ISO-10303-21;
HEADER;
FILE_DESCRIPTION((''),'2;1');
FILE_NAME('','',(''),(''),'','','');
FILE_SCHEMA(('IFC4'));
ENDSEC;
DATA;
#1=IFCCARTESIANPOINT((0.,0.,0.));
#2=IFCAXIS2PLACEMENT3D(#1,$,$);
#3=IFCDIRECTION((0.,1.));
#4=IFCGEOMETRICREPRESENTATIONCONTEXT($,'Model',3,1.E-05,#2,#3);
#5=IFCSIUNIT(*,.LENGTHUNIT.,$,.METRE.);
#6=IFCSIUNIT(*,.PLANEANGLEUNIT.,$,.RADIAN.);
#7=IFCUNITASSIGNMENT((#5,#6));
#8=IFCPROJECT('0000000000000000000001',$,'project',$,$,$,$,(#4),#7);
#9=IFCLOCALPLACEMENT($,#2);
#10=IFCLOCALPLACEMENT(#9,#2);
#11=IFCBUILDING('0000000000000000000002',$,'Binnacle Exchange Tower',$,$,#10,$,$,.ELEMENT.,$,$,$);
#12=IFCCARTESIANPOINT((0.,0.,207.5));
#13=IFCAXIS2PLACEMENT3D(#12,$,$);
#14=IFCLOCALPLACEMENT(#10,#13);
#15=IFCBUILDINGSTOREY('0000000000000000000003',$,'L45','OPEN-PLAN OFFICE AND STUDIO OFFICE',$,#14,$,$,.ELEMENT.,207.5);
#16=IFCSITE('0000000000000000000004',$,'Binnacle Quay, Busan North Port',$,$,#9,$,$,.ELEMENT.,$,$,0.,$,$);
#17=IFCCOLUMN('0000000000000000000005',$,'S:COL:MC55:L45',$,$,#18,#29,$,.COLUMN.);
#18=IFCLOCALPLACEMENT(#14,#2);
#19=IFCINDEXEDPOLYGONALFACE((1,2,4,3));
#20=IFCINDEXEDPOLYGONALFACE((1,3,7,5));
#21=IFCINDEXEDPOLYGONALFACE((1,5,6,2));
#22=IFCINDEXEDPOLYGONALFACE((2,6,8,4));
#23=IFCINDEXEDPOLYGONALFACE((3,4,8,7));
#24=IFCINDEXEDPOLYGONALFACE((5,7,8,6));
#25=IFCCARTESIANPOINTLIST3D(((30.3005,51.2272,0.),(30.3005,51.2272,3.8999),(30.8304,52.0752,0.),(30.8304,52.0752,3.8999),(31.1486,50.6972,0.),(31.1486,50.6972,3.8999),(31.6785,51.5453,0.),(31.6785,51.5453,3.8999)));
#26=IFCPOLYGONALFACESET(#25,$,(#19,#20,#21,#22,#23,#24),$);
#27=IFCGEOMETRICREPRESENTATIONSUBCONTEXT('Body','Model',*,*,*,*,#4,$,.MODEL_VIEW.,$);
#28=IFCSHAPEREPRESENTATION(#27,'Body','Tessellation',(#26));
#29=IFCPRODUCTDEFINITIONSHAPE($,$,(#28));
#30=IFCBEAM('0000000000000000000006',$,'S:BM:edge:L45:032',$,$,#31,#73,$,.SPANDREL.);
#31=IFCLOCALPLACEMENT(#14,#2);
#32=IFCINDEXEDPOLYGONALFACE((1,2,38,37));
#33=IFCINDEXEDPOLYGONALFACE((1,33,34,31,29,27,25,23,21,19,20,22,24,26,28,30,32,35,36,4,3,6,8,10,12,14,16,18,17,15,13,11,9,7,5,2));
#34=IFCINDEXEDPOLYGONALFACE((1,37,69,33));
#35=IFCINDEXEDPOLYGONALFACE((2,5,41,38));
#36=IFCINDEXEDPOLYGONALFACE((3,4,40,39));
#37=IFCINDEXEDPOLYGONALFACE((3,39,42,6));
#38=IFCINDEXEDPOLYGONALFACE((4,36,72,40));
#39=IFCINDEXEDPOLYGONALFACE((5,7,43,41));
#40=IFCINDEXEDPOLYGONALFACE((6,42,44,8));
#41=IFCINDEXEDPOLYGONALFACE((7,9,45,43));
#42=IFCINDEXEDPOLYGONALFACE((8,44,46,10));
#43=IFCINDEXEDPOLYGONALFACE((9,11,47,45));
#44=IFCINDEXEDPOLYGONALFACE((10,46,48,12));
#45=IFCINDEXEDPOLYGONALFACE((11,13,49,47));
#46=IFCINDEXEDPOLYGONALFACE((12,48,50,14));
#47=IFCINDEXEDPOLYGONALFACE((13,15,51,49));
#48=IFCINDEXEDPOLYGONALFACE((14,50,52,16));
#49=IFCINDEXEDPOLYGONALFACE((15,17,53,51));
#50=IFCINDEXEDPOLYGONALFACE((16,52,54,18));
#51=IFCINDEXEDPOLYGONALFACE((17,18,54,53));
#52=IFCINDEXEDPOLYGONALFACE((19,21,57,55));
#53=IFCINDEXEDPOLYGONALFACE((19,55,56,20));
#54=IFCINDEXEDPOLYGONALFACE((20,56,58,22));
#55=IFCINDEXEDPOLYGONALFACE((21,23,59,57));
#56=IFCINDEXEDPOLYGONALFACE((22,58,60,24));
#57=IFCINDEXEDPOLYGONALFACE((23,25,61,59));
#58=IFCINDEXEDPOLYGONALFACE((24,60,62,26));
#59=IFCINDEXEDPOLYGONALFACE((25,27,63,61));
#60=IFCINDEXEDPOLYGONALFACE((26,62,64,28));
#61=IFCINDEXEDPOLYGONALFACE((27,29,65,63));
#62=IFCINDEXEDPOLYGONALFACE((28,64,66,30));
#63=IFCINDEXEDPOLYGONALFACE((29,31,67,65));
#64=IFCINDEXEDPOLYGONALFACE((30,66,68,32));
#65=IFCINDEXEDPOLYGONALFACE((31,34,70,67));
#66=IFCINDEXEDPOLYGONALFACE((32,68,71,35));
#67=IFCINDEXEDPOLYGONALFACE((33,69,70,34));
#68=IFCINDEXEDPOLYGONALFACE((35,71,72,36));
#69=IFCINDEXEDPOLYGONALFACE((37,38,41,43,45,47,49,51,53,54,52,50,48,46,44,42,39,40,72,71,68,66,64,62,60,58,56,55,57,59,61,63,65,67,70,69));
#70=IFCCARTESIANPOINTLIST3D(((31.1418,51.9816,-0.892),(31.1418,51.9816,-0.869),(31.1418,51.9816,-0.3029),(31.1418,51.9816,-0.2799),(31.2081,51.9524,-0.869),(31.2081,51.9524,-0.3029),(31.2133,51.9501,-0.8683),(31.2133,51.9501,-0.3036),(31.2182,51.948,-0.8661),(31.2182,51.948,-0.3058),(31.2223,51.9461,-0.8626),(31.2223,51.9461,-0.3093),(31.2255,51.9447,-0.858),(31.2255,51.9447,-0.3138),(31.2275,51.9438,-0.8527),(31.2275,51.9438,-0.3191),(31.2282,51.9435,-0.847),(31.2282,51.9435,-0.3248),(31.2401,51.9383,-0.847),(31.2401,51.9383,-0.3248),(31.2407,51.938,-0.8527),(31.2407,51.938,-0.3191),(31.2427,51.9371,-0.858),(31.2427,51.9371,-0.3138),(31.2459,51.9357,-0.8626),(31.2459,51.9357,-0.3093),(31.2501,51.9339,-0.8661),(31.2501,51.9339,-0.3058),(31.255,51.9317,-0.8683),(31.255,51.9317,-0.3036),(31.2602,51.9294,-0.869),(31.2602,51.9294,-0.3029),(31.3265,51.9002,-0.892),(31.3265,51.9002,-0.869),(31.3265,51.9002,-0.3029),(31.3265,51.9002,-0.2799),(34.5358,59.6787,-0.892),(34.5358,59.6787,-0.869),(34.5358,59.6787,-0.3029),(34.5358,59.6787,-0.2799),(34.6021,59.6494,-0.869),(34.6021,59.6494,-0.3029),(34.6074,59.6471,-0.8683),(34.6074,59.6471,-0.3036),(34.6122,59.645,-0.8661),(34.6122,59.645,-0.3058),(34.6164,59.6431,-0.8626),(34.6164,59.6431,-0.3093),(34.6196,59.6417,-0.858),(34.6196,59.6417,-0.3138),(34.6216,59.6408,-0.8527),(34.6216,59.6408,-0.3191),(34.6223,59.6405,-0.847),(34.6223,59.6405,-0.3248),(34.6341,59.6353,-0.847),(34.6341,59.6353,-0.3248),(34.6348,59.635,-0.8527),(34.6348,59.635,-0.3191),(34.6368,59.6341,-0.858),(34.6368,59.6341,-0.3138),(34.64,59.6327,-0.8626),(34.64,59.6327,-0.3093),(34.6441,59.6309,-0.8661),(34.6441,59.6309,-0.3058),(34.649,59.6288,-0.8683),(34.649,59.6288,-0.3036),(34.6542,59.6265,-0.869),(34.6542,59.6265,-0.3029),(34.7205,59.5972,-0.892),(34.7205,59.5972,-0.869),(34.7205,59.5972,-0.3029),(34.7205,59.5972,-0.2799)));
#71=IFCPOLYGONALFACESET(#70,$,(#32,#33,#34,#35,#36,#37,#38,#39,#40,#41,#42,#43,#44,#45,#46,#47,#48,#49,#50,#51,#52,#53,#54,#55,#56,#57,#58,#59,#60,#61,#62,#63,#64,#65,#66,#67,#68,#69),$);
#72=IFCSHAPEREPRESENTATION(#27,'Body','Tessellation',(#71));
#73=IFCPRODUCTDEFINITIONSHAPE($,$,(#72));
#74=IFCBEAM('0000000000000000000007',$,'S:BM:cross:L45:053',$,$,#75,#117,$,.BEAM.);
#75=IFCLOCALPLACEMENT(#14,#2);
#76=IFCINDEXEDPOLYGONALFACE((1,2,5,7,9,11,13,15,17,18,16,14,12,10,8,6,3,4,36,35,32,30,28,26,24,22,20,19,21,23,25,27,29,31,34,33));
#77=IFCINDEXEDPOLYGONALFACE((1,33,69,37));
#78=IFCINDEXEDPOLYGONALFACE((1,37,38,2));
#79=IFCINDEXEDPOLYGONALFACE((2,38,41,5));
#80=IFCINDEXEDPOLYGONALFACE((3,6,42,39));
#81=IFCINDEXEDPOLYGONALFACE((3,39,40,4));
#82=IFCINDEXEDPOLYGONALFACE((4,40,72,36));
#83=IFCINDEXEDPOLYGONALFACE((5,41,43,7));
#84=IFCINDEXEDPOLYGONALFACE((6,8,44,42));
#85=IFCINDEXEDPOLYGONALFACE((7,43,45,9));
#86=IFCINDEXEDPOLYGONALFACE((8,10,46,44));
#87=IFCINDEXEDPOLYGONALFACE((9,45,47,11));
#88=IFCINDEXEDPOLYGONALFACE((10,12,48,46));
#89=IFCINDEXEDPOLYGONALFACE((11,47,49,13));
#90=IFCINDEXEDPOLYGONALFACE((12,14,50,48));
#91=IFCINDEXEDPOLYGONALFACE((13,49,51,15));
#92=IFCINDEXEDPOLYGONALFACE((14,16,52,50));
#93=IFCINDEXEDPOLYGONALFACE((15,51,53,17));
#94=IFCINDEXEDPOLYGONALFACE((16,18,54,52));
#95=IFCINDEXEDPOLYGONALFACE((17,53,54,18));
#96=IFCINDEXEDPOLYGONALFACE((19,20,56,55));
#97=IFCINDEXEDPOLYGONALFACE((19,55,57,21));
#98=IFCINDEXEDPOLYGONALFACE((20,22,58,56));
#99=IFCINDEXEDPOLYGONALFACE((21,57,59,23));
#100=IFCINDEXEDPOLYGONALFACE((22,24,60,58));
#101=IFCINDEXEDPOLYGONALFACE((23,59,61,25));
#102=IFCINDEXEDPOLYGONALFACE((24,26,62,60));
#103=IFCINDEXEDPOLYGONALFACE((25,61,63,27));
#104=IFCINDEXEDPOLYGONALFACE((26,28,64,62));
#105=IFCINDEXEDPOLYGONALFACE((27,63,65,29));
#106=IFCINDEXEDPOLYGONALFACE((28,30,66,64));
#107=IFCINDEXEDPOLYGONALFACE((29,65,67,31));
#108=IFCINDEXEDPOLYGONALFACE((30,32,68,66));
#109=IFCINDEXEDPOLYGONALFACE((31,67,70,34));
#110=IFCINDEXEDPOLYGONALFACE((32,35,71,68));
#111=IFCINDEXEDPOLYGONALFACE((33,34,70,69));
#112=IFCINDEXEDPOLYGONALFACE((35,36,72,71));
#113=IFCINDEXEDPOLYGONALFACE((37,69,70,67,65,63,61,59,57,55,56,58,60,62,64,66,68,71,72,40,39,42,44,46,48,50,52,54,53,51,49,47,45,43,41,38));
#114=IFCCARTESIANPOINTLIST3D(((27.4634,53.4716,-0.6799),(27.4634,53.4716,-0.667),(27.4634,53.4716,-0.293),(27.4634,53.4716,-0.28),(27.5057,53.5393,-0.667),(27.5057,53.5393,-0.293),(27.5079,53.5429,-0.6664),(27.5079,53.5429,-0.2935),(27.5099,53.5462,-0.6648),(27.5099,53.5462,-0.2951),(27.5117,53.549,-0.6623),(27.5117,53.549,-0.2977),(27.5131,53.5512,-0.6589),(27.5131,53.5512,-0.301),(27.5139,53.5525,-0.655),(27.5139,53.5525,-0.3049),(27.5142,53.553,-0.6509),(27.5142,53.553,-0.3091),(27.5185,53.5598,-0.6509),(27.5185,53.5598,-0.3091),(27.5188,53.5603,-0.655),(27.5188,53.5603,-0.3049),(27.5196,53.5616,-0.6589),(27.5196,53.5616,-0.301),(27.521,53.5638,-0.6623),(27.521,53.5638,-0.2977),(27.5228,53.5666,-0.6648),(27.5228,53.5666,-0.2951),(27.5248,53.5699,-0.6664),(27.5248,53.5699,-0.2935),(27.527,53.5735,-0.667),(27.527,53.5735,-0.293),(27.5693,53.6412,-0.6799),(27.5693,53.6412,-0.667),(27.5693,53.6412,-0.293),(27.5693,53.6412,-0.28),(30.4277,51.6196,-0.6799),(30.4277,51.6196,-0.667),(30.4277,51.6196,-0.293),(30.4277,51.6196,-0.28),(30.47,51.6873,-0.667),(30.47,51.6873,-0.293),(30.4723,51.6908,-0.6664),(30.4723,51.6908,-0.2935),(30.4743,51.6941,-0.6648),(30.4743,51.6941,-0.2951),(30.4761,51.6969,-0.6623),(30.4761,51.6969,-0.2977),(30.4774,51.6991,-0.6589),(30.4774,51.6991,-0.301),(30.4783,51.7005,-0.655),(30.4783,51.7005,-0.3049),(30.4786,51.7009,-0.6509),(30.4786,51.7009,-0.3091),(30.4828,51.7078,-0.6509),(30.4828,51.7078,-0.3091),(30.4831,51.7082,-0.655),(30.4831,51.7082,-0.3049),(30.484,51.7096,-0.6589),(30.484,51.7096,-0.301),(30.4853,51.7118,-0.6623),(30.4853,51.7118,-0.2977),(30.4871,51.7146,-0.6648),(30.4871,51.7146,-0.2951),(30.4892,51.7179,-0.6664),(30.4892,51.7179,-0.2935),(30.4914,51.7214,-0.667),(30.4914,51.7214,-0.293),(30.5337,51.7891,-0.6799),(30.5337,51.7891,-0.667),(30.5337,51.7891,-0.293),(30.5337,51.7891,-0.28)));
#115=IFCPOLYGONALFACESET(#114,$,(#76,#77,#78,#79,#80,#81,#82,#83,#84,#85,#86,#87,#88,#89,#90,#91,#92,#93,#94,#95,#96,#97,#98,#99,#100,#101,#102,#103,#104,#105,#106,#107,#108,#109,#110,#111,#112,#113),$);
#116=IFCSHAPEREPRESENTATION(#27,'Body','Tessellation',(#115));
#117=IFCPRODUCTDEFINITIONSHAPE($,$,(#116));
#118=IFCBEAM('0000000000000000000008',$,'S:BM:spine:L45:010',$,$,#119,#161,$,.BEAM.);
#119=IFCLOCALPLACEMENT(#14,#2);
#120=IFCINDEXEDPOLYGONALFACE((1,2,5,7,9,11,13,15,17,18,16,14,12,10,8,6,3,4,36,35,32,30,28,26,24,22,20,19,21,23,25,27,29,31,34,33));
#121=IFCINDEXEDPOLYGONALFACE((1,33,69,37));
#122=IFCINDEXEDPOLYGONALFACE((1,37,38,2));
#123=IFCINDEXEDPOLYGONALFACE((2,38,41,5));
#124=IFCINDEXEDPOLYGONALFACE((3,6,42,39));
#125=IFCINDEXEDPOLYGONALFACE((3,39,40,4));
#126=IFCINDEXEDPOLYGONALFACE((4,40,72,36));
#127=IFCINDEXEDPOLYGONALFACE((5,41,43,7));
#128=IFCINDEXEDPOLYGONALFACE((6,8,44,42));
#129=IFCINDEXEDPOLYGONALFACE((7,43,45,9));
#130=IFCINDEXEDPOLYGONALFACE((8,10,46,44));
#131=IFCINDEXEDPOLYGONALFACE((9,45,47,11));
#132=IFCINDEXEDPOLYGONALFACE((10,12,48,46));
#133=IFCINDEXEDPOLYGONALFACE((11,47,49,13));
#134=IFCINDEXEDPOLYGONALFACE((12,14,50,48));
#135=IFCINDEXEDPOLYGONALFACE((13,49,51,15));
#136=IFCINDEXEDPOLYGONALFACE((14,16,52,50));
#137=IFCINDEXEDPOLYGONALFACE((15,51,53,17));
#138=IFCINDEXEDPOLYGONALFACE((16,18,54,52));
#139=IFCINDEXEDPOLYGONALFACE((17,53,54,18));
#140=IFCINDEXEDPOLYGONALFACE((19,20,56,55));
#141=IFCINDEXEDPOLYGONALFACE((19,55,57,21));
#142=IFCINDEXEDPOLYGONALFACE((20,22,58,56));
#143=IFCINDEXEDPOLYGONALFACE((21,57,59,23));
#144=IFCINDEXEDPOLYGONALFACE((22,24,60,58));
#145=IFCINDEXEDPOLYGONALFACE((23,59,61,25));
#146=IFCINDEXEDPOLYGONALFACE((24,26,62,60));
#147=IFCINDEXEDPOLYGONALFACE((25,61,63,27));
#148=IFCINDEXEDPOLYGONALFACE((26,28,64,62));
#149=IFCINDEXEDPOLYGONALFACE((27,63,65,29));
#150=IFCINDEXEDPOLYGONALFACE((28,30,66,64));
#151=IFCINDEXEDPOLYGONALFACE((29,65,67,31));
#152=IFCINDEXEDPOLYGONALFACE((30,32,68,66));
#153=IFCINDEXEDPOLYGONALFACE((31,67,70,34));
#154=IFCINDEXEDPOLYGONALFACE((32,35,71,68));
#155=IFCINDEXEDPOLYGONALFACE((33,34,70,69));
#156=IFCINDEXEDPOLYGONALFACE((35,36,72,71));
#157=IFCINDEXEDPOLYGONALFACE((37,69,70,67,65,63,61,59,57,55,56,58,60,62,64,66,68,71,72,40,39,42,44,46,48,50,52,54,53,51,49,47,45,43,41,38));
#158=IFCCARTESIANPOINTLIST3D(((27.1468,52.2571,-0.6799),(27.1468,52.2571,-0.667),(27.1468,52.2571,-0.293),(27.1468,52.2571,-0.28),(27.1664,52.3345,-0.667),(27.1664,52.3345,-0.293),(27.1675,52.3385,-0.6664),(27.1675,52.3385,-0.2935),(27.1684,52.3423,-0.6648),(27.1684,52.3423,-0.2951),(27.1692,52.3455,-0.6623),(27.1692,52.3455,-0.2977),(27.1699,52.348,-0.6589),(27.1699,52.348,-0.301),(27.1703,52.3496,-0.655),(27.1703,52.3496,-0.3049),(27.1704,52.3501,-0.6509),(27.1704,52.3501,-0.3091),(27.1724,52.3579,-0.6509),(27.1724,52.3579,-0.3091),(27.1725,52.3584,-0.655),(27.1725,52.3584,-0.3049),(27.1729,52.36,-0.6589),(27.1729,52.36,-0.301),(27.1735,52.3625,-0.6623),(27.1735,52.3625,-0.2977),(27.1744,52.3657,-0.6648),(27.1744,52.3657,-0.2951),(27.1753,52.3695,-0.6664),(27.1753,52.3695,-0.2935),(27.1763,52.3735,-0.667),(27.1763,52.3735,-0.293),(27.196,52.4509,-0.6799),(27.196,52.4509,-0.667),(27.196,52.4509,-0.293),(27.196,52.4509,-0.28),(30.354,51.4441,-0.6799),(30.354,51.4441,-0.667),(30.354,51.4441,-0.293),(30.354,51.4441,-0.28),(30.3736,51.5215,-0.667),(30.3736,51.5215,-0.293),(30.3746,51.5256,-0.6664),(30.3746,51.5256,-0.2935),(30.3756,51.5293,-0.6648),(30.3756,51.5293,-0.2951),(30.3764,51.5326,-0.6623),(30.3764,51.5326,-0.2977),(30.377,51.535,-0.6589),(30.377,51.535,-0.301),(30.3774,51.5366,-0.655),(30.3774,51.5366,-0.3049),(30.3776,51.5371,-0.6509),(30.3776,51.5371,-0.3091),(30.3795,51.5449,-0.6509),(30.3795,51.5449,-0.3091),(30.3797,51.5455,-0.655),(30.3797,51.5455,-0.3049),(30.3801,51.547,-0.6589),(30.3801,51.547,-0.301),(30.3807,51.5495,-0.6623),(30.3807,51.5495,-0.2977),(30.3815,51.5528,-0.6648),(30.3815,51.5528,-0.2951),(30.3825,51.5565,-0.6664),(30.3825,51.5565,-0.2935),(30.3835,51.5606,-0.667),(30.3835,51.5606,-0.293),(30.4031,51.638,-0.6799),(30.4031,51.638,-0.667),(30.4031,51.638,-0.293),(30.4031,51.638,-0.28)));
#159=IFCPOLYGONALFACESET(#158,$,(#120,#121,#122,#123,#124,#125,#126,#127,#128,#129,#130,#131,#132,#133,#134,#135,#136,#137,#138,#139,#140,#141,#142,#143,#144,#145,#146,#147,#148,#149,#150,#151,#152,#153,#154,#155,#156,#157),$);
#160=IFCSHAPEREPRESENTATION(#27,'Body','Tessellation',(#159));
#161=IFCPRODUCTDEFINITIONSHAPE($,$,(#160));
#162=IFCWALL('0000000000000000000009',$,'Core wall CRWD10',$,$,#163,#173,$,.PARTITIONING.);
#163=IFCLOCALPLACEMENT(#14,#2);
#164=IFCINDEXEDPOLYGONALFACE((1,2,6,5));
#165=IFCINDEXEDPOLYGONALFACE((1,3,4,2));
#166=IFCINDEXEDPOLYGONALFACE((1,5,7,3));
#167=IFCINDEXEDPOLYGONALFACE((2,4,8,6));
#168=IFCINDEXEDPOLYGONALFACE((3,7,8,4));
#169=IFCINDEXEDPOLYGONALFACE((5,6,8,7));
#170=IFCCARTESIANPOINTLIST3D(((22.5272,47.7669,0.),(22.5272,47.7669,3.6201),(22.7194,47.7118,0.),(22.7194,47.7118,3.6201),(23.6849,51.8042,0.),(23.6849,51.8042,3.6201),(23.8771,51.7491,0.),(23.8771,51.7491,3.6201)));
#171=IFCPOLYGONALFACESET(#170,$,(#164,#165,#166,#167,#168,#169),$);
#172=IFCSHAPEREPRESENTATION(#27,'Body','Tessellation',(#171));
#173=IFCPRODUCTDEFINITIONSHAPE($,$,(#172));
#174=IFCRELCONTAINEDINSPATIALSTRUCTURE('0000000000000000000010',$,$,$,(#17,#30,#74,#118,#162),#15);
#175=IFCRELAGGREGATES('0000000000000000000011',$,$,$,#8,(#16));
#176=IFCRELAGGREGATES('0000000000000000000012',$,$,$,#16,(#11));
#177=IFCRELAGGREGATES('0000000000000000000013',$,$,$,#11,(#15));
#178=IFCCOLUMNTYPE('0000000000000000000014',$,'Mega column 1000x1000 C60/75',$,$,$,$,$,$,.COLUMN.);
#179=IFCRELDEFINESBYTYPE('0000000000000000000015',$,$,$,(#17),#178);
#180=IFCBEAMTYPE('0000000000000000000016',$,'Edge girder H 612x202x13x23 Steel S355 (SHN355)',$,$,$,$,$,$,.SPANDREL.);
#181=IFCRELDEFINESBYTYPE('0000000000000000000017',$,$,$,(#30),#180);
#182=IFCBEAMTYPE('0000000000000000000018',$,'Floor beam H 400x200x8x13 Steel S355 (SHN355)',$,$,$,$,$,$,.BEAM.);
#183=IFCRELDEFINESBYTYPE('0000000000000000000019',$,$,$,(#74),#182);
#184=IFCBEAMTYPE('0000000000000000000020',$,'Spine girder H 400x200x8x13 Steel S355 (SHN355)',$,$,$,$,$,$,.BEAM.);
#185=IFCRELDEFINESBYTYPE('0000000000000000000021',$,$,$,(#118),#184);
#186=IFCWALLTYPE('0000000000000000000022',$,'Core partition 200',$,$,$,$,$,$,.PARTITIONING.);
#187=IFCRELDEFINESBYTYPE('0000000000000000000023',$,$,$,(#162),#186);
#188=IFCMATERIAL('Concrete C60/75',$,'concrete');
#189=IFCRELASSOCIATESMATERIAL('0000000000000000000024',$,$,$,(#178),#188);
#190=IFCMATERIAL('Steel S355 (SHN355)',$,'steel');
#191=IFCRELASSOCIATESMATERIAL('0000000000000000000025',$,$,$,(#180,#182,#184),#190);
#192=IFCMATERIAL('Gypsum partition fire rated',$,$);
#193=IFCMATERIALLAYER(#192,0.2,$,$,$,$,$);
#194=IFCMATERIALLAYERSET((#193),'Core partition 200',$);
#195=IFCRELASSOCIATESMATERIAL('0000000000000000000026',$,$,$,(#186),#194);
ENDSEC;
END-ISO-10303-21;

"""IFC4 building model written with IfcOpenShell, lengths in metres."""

from ifc_helpers import new_model, si_unit, direction, frame, frame_2d, origin, origin_2d, place, context, subcontext, project, spatial, rectangle, i_section, extrude, material, layer, layer_set, material_profile, profile_set, type_object, element, save


model = new_model("IFC4")

# Units and contexts
model_context = context("Model", 3, precision=1e-05, world=origin(), true_north=direction((0.0, 1.0)))
body_context = subcontext(model_context, "Body", "Model", "MODEL_VIEW")
ifc_project = project(units=[si_unit("LENGTHUNIT", "METRE"), si_unit("PLANEANGLEUNIT", "RADIAN")], contexts=[model_context])

# Site, building, storey
site_placement = place(None, origin())
site = spatial("IfcSite", under=ifc_project, at=site_placement, Name="Binnacle Quay, Busan North Port", CompositionType="ELEMENT", RefElevation=0.0)
building_placement = place(site_placement, origin())
building = spatial("IfcBuilding", under=site, at=building_placement, Name="Binnacle Exchange Tower", CompositionType="ELEMENT")
storey_placement = place(building_placement, frame((0.0, 0.0, 207.5)))
storey = spatial("IfcBuildingStorey", under=building, at=storey_placement, Name="L45", Description="OPEN-PLAN OFFICE AND STUDIO OFFICE", CompositionType="ELEMENT", Elevation=207.5)

# Column
ifc_material_1 = material(Name="Concrete C60/75", Category="concrete")
ifc_material_profile_1 = material_profile(ifc_material_1, rectangle(XDim=1.0, YDim=1.0, at=origin_2d()), Name="Mega column 1000x1000 C60/75")
ifc_profile_set_1 = profile_set([ifc_material_profile_1], Name="Concrete C60/75")
column_type = type_object("IfcColumnType", Name="Mega column 1000x1000 C60/75", PredefinedType="COLUMN", material=ifc_profile_set_1)
column_placement = place(storey_placement, frame((30.9895, 51.3862, 0.0), z_axis=(0.0, 0.0, 1.0), x_axis=(0.529919, 0.848048, 0.0)))
element("IfcColumn", 1, at=column_placement, inside=storey, type_object=column_type, Name="S:COL:MC55:L45", PredefinedType="COLUMN", context=body_context, shape_type="SweptSolid", body=[
    extrude(rectangle(XDim=1.0, YDim=1.0, at=origin_2d()), origin(), (0.0, 0.0, 1.0), 3.8999),
])

# Beams
ifc_material_2 = material(Name="Steel S355 (SHN355)", Category="steel")
ifc_material_profile_2 = material_profile(ifc_material_2, i_section(OverallWidth=0.2019, OverallDepth=0.6121, WebThickness=0.0129, FlangeThickness=0.0229, FilletRadius=0.022, at=origin_2d()), Name="H 612x202x13x23")
ifc_profile_set_2 = profile_set([ifc_material_profile_2], Name="Steel S355 (SHN355)")
beam_type_1 = type_object("IfcBeamType", Name="Edge girder H 612x202x13x23 Steel S355 (SHN355)", PredefinedType="SPANDREL", material=ifc_profile_set_2)
beam_1_placement = place(storey_placement, frame((31.2341, 51.9409, -0.5859), z_axis=(0.403471, 0.914992, 0.0), x_axis=(-0.914992, 0.403471, 0.0)))
element("IfcBeam", 2, at=beam_1_placement, inside=storey, type_object=beam_type_1, Name="S:BM:edge:L45:032", PredefinedType="SPANDREL", context=body_context, shape_type="SweptSolid", body=[
    extrude(i_section(OverallWidth=0.2019, OverallDepth=0.6121, WebThickness=0.0129, FlangeThickness=0.0229, FilletRadius=0.022, at=origin_2d()), origin(), (0.0, 0.0, 1.0), 8.4121),
])
ifc_material_profile_3 = material_profile(ifc_material_2, i_section(OverallWidth=0.2, OverallDepth=0.3999, WebThickness=0.0081, FlangeThickness=0.0129, FilletRadius=0.0161, at=origin_2d()), Name="H 400x200x8x13")
ifc_profile_set_3 = profile_set([ifc_material_profile_3], Name="Steel S355 (SHN355)")
beam_type_2 = type_object("IfcBeamType", Name="Floor beam H 400x200x8x13 Steel S355 (SHN355)", PredefinedType="BEAM", material=ifc_profile_set_3)
beam_2_placement = place(storey_placement, frame((30.4807, 51.7043, -0.48), z_axis=(-0.848085, 0.529861, 0.0), x_axis=(-0.529861, -0.848085, 0.0)))
element("IfcBeam", 3, at=beam_2_placement, inside=storey, type_object=beam_type_2, Name="S:BM:cross:L45:053", PredefinedType="BEAM", context=body_context, shape_type="SweptSolid", body=[
    extrude(i_section(OverallWidth=0.2, OverallDepth=0.3999, WebThickness=0.0081, FlangeThickness=0.0129, FilletRadius=0.0161, at=origin_2d()), origin(), (0.0, 0.0, 1.0), 3.4954),
])
ifc_material_profile_4 = material_profile(ifc_material_2, i_section(OverallWidth=0.2, OverallDepth=0.3999, WebThickness=0.0081, FlangeThickness=0.0129, FilletRadius=0.0161, at=origin_2d()), Name="H 400x200x8x13")
ifc_profile_set_4 = profile_set([ifc_material_profile_4], Name="Steel S355 (SHN355)")
beam_type_3 = type_object("IfcBeamType", Name="Spine girder H 400x200x8x13 Steel S355 (SHN355)", PredefinedType="BEAM", material=ifc_profile_set_4)
beam_3_placement = place(storey_placement, frame((27.1714, 52.354, -0.48), z_axis=(0.969343, -0.245712, 0.0), x_axis=(0.245712, 0.969343, 0.0)))
element("IfcBeam", 4, at=beam_3_placement, inside=storey, type_object=beam_type_3, Name="S:BM:spine:L45:010", PredefinedType="BEAM", context=body_context, shape_type="SweptSolid", body=[
    extrude(i_section(OverallWidth=0.2, OverallDepth=0.3999, WebThickness=0.0081, FlangeThickness=0.0129, FilletRadius=0.0161, at=origin_2d()), origin(), (0.0, 0.0, 1.0), 3.3086),
])

# Wall
ifc_material_3 = material(Name="Gypsum partition fire rated")
ifc_layer_1 = layer(ifc_material_3, 0.2)
ifc_layer_set_1 = layer_set([ifc_layer_1], Name="Core partition 200")
wall_type_1 = type_object("IfcWallType", Name="Core partition 200", PredefinedType="PARTITIONING", material=ifc_layer_set_1)
wall_1_placement = place(storey_placement, frame((22.6233, 47.7393, 0.0), z_axis=(0.0, 0.0, 1.0), x_axis=(0.275642, 0.96126, 0.0)))
element("IfcWall", 5, at=wall_1_placement, inside=storey, type_object=wall_type_1, Name="Core wall CRWD10", PredefinedType="PARTITIONING", context=body_context, shape_type="SweptSolid", body=[
    extrude(rectangle(XDim=4.2, YDim=0.2, at=frame_2d((2.1001, 0.0))), origin(), (0.0, 0.0, 1.0), 3.6201),
])

save(model, "model.ifc")
